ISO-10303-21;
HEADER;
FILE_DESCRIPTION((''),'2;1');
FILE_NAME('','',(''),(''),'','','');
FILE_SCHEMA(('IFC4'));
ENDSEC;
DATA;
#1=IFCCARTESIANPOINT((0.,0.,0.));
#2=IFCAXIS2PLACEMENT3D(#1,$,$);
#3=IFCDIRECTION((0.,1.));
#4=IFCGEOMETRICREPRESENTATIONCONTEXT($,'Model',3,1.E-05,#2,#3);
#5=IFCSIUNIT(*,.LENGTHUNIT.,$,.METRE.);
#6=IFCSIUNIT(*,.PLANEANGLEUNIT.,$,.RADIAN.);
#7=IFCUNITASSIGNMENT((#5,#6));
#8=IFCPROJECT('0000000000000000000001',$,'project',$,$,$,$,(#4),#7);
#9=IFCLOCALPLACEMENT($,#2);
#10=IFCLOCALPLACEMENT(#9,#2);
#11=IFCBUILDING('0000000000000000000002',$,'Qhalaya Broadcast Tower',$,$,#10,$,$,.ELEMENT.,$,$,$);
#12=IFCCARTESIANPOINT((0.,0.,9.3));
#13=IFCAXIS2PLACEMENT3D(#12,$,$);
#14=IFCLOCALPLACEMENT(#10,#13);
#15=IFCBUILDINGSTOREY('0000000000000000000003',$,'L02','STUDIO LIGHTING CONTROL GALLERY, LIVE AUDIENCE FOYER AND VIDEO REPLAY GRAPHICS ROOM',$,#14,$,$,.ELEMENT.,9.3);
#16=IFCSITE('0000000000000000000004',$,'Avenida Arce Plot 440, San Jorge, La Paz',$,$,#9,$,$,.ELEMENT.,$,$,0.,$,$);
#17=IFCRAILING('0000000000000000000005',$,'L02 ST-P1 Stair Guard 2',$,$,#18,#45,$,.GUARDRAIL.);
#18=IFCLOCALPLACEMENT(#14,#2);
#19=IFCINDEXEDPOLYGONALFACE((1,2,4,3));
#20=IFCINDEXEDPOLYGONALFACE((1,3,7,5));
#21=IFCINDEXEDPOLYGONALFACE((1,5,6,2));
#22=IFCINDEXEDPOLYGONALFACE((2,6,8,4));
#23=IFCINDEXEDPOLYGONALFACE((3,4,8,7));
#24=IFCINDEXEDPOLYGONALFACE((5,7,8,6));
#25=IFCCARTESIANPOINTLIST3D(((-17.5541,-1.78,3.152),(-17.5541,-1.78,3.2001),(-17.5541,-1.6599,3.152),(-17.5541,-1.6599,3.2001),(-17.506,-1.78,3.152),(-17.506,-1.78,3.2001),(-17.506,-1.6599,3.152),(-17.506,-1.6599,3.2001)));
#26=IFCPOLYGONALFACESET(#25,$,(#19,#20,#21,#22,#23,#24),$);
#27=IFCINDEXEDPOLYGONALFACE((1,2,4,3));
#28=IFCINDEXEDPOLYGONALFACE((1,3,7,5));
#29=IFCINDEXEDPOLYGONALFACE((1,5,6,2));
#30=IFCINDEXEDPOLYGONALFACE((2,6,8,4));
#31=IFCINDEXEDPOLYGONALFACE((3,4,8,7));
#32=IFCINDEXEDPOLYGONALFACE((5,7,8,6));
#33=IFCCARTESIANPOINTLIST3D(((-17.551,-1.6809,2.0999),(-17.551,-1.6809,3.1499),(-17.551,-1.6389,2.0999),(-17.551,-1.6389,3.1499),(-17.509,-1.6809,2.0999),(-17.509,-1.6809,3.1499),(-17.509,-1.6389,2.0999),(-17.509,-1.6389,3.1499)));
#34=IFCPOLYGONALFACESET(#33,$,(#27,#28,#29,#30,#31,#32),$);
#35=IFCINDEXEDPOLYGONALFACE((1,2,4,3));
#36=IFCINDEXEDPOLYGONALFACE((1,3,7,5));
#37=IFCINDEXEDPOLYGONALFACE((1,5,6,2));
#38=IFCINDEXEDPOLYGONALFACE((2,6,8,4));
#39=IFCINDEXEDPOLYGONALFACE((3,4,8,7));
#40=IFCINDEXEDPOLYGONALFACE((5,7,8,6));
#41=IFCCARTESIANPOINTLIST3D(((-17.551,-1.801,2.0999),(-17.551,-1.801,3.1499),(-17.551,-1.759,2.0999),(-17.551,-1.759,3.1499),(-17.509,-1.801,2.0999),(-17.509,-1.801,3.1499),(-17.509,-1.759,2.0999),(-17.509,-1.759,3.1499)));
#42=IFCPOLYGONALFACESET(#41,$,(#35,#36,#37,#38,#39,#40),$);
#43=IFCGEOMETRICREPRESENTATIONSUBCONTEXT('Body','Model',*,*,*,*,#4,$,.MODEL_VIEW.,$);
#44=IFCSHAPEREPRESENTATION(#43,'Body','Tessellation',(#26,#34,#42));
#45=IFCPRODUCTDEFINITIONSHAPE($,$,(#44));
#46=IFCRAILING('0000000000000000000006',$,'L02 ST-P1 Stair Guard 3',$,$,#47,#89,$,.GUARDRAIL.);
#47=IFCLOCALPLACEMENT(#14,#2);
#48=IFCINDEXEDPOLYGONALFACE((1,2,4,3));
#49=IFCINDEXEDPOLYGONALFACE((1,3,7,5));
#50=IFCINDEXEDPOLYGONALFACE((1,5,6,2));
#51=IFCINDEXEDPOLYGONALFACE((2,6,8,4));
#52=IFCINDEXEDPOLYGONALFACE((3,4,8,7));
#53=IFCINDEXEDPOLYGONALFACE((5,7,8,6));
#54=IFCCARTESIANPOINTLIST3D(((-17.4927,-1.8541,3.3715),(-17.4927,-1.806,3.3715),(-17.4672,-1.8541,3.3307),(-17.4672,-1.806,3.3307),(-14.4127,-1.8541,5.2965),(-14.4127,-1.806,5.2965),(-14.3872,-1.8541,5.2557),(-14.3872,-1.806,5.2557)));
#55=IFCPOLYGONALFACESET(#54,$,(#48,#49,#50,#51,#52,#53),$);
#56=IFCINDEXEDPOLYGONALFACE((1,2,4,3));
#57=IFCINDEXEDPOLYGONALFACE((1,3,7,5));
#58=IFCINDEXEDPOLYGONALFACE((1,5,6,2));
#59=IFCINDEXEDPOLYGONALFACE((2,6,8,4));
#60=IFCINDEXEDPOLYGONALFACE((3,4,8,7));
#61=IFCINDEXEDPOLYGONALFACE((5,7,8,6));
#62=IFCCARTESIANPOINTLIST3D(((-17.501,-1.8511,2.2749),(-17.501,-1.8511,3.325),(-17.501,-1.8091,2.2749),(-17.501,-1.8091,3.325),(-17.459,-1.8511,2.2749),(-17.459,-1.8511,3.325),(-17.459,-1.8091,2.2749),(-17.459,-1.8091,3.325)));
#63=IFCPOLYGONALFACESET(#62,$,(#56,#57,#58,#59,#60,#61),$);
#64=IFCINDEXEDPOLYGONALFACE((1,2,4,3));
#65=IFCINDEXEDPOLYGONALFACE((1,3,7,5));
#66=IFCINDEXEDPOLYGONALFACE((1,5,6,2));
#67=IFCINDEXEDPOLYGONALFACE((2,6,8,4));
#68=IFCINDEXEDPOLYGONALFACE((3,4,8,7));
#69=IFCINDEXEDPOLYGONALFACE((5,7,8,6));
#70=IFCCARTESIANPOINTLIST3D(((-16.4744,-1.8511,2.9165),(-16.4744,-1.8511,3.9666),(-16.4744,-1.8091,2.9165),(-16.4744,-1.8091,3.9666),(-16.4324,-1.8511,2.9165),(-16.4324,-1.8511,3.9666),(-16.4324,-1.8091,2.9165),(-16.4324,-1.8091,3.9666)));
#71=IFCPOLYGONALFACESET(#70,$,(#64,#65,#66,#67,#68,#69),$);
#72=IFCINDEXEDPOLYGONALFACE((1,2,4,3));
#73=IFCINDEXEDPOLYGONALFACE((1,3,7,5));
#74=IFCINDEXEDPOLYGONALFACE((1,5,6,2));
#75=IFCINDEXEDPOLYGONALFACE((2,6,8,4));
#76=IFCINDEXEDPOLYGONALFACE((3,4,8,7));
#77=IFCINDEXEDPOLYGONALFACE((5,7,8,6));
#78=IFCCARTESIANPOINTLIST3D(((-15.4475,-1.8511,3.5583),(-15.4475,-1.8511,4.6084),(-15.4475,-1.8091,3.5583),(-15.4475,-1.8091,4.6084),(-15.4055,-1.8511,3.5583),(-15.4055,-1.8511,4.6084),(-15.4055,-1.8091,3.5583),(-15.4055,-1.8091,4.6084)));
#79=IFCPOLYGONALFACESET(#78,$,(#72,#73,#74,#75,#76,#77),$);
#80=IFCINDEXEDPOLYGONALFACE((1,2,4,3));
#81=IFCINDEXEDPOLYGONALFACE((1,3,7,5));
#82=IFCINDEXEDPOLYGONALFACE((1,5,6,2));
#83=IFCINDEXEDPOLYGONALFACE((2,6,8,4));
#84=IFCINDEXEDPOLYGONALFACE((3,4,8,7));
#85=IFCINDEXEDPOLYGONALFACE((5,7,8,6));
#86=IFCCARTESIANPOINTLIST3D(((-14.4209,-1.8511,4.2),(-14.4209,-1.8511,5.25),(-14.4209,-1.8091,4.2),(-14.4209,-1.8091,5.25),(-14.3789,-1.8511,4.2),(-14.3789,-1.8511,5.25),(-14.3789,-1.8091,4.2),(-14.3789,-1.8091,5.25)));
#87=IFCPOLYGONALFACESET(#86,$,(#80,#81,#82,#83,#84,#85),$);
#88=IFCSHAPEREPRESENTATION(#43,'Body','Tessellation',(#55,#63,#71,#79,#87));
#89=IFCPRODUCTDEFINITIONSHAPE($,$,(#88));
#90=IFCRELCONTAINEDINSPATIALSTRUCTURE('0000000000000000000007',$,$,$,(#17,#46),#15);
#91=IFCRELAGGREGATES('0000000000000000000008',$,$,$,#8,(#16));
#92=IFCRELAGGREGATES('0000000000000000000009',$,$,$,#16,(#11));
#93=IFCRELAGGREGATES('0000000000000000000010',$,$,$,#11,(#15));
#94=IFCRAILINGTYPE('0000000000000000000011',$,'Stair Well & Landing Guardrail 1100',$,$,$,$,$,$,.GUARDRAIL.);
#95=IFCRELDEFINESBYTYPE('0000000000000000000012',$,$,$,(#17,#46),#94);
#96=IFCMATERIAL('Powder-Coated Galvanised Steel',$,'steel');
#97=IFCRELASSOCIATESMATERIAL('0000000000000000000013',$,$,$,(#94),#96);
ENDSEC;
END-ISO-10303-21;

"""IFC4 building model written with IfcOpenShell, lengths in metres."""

from ifc_helpers import new_model, si_unit, direction, frame, origin, origin_2d, place, context, subcontext, project, spatial, rectangle, extrude, material, type_object, element, save


model = new_model("IFC4")

# Units and contexts
model_context = context("Model", 3, precision=1e-05, world=origin(), true_north=direction((0.0, 1.0)))
body_context = subcontext(model_context, "Body", "Model", "MODEL_VIEW")
ifc_project = project(units=[si_unit("LENGTHUNIT", "METRE"), si_unit("PLANEANGLEUNIT", "RADIAN")], contexts=[model_context])

# Site, building, storey
site_placement = place(None, origin())
site = spatial("IfcSite", under=ifc_project, at=site_placement, Name="Avenida Arce Plot 440, San Jorge, La Paz", CompositionType="ELEMENT", RefElevation=0.0)
building_placement = place(site_placement, origin())
building = spatial("IfcBuilding", under=site, at=building_placement, Name="Qhalaya Broadcast Tower", CompositionType="ELEMENT")
storey_placement = place(building_placement, frame((0.0, 0.0, 9.3)))
storey = spatial("IfcBuildingStorey", under=building, at=storey_placement, Name="L02", Description="STUDIO LIGHTING CONTROL GALLERY, LIVE AUDIENCE FOYER AND VIDEO REPLAY GRAPHICS ROOM", CompositionType="ELEMENT", Elevation=9.3)

# Railings
ifc_material_1 = material(Name="Powder-Coated Galvanised Steel", Category="steel")
railing_type = type_object("IfcRailingType", Name="Stair Well & Landing Guardrail 1100", PredefinedType="GUARDRAIL", material=ifc_material_1)
railing_1_placement = place(storey_placement, frame((-17.53, -1.6599, 2.0999)))
element("IfcRailing", 1, at=railing_1_placement, inside=storey, type_object=railing_type, Name="L02 ST-P1 Stair Guard 2", PredefinedType="GUARDRAIL", context=body_context, shape_type="SweptSolid", body=[
    extrude(rectangle(XDim=0.0481, YDim=0.0481, at=origin_2d()), frame((0.0, 0.0, 1.0762), z_axis=(0.0, -1.0, 0.0), x_axis=(1.0, 0.0, 0.0)), (0.0, 0.0, 1.0), 0.1201),
    extrude(rectangle(XDim=0.042, YDim=0.042, at=origin_2d()), origin(), (0.0, 0.0, 1.0), 1.05),
    extrude(rectangle(XDim=0.042, YDim=0.042, at=origin_2d()), frame((0.0, -0.1201, 0.0)), (0.0, 0.0, 1.0), 1.05),
])
railing_2_placement = place(storey_placement, frame((-17.48, -1.8301, 2.2749)))
element("IfcRailing", 2, at=railing_2_placement, inside=storey, type_object=railing_type, Name="L02 ST-P1 Stair Guard 3", PredefinedType="GUARDRAIL", context=body_context, shape_type="SweptSolid", body=[
    extrude(rectangle(XDim=0.0481, YDim=0.0481, at=origin_2d()), frame((0.0, 0.0, 1.0762), z_axis=(0.847998, 0.0, 0.529999), x_axis=(0.0, 1.0, 0.0)), (0.0, 0.0, 1.0), 3.6321),
    extrude(rectangle(XDim=0.042, YDim=0.042, at=origin_2d()), origin(), (0.0, 0.0, 1.0), 1.05),
    extrude(rectangle(XDim=0.042, YDim=0.042, at=origin_2d()), frame((1.0266, 0.0, 0.6416)), (0.0, 0.0, 1.0), 1.05),
    extrude(rectangle(XDim=0.042, YDim=0.042, at=origin_2d()), frame((2.0535, 0.0, 1.2834)), (0.0, 0.0, 1.0), 1.05),
    extrude(rectangle(XDim=0.042, YDim=0.042, at=origin_2d()), frame((3.0801, 0.0, 1.925)), (0.0, 0.0, 1.0), 1.05),
])

save(model, "model.ifc")
